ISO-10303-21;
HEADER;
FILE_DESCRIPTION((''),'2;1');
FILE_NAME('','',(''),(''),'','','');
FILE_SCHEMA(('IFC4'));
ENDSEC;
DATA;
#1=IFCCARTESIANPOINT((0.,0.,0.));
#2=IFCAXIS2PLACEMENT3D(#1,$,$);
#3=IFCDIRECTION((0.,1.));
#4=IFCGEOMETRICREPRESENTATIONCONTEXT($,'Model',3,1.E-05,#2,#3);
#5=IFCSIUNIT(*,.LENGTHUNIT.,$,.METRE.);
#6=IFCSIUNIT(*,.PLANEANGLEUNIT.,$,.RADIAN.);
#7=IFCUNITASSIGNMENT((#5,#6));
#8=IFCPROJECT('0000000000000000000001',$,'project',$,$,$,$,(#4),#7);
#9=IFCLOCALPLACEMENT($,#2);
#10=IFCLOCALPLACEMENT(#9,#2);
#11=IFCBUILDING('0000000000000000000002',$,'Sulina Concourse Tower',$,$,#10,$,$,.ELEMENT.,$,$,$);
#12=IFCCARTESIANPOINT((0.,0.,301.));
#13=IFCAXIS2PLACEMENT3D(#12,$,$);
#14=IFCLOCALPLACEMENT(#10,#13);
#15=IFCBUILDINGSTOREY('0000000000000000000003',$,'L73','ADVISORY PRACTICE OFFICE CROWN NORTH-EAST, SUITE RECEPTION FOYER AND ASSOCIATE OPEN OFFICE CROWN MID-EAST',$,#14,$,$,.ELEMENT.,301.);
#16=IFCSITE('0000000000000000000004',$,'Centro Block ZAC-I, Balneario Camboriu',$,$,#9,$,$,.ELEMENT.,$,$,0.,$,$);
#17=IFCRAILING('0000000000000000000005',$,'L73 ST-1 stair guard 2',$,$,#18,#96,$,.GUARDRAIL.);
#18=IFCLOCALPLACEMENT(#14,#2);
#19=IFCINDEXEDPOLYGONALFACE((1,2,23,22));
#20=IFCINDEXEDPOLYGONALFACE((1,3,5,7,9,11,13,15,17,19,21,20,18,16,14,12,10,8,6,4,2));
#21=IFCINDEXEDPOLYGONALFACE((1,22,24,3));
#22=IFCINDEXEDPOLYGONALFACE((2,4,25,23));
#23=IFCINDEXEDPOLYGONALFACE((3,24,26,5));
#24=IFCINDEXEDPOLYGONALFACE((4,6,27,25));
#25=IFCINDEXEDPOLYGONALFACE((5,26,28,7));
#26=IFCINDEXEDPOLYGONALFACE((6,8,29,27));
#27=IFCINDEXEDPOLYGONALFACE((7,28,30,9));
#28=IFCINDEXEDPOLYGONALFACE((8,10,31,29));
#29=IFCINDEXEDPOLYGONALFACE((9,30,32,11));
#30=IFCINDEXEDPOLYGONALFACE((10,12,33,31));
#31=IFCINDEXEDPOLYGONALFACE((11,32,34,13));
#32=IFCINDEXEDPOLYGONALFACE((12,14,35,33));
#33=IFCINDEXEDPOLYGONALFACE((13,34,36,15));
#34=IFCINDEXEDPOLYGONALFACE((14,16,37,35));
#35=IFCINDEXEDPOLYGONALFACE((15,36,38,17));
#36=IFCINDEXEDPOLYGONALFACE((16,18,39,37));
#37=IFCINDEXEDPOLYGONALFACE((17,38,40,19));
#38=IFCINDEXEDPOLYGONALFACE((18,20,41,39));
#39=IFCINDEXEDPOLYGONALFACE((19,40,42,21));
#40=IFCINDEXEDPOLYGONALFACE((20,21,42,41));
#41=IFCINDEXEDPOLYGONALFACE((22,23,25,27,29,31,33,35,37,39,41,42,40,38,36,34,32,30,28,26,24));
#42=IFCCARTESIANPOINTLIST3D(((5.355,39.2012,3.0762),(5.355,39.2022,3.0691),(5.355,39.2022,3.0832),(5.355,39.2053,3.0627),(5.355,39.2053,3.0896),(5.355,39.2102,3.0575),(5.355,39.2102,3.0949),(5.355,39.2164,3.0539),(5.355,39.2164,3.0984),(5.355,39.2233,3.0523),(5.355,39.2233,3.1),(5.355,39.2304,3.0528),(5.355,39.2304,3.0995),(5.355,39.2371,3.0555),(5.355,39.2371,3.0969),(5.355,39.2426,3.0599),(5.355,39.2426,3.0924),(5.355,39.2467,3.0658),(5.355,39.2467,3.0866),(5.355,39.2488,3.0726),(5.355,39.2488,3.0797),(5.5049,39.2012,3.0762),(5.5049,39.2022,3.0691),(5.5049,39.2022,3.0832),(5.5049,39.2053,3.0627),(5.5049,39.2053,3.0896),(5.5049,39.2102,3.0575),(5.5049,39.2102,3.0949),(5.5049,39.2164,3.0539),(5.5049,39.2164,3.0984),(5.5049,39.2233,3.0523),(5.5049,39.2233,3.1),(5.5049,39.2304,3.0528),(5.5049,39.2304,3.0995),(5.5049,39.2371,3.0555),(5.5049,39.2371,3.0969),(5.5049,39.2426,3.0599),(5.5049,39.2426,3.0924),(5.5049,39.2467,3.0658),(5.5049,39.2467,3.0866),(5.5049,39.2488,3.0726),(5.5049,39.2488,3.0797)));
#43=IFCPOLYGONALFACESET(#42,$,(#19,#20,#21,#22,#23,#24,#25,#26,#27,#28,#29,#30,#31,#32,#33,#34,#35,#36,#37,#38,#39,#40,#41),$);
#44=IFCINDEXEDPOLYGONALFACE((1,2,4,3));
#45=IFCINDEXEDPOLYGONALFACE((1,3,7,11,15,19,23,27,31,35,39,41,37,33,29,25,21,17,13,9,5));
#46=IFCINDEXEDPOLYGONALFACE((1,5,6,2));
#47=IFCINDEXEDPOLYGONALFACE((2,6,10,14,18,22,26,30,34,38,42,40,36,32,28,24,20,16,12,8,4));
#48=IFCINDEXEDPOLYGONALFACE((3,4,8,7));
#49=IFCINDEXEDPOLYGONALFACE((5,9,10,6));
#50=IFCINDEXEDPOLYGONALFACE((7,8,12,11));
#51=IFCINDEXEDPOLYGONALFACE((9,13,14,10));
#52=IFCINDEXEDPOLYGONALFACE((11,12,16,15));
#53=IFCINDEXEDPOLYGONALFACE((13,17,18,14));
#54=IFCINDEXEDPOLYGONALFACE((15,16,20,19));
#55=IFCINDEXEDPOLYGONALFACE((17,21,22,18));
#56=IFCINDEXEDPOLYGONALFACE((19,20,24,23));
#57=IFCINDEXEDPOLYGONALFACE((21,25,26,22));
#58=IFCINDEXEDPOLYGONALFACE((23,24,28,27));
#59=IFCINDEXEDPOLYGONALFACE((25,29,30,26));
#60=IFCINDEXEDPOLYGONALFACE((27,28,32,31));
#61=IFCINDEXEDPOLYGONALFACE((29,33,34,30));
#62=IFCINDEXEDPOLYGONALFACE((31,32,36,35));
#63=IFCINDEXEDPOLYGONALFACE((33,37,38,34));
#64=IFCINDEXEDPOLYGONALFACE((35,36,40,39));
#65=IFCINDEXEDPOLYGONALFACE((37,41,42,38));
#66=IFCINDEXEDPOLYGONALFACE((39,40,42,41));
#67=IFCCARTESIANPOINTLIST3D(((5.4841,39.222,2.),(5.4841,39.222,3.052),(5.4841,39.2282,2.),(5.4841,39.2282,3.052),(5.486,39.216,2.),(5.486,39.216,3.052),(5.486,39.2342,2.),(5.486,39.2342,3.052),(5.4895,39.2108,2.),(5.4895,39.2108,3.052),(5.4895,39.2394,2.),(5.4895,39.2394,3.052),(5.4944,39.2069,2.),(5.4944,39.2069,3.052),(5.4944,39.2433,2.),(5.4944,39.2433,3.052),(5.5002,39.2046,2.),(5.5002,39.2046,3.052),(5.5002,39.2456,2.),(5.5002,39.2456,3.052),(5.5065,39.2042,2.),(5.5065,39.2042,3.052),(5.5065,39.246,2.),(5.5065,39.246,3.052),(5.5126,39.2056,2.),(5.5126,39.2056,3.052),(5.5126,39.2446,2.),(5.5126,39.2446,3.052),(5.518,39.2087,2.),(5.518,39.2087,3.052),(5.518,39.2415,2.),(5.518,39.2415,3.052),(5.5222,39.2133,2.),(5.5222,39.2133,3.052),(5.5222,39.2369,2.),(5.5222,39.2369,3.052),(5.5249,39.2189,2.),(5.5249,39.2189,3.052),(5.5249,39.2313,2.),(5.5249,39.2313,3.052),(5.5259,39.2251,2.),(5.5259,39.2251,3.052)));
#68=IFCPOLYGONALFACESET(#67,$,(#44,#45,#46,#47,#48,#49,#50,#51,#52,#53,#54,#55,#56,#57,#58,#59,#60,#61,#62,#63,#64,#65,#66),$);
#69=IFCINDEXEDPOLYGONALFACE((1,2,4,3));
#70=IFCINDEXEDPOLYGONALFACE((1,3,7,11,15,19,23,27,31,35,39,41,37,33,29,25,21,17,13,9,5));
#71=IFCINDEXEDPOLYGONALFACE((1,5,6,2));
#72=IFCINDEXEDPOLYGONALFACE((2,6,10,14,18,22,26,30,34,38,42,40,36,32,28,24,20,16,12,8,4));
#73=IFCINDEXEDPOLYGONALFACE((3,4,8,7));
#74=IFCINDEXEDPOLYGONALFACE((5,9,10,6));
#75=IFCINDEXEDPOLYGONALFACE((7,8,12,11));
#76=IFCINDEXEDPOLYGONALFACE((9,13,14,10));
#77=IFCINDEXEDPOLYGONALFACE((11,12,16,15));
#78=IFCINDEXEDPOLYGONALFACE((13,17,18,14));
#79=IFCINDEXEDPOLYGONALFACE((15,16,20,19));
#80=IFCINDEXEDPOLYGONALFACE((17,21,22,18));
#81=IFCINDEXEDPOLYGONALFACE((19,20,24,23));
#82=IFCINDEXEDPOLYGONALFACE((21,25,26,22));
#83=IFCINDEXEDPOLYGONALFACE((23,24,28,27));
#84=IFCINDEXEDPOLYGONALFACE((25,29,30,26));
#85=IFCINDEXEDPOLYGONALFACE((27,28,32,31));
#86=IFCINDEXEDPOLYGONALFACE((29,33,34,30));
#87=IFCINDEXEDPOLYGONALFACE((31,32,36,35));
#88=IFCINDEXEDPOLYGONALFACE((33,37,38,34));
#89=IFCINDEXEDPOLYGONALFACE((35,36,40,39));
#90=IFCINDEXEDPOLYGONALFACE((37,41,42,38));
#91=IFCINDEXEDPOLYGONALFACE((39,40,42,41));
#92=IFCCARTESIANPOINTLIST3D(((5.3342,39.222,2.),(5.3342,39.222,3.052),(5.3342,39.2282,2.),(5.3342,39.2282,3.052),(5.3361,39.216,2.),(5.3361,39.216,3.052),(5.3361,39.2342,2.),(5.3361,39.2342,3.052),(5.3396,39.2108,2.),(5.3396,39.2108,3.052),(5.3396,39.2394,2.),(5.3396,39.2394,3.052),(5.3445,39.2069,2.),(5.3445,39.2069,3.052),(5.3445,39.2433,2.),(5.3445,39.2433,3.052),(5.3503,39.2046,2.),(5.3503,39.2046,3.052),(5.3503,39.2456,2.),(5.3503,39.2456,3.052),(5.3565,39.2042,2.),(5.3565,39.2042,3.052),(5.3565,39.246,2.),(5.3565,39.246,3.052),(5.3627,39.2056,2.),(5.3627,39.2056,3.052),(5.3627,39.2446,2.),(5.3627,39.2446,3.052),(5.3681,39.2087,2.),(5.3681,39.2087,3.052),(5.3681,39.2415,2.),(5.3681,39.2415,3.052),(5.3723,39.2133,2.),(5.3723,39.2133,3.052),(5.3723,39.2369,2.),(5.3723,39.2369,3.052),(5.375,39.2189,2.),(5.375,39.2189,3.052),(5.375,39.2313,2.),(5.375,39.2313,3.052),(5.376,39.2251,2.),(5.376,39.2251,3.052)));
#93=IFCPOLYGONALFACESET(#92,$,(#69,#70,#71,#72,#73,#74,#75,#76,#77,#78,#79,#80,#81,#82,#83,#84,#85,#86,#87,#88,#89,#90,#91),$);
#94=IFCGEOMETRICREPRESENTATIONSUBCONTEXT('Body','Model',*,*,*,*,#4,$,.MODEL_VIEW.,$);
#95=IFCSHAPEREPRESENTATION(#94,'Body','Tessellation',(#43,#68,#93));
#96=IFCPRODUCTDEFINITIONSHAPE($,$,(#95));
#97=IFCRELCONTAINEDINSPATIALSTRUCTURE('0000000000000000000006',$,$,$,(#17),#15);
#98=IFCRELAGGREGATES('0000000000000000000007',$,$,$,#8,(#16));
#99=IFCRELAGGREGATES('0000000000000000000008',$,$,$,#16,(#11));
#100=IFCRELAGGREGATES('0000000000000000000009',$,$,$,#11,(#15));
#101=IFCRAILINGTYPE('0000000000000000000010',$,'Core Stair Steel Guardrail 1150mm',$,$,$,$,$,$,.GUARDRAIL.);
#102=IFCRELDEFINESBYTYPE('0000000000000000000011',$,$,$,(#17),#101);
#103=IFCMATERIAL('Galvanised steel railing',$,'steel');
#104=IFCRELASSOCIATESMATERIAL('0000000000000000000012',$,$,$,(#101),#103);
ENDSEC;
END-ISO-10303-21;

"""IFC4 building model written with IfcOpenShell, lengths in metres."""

from ifc_helpers import new_model, si_unit, direction, frame, origin, origin_2d, place, context, subcontext, project, spatial, circle, extrude, material, type_object, element, save


model = new_model("IFC4")

# Units and contexts
model_context = context("Model", 3, precision=1e-05, world=origin(), true_north=direction((0.0, 1.0)))
body_context = subcontext(model_context, "Body", "Model", "MODEL_VIEW")
ifc_project = project(units=[si_unit("LENGTHUNIT", "METRE"), si_unit("PLANEANGLEUNIT", "RADIAN")], contexts=[model_context])

# Site, building, storey
site_placement = place(None, origin())
site = spatial("IfcSite", under=ifc_project, at=site_placement, Name="Centro Block ZAC-I, Balneario Camboriu", CompositionType="ELEMENT", RefElevation=0.0)
building_placement = place(site_placement, origin())
building = spatial("IfcBuilding", under=site, at=building_placement, Name="Sulina Concourse Tower", CompositionType="ELEMENT")
storey_placement = place(building_placement, frame((0.0, 0.0, 301.0)))
storey = spatial("IfcBuildingStorey", under=building, at=storey_placement, Name="L73", Description="ADVISORY PRACTICE OFFICE CROWN NORTH-EAST, SUITE RECEPTION FOYER AND ASSOCIATE OPEN OFFICE CROWN MID-EAST", CompositionType="ELEMENT", Elevation=301.0)

# Railing
ifc_material_1 = material(Name="Galvanised steel railing", Category="steel")
railing_type_1 = type_object("IfcRailingType", Name="Core Stair Steel Guardrail 1150mm", PredefinedType="GUARDRAIL", material=ifc_material_1)
railing_1_placement = place(storey_placement, frame((5.5049, 39.2251, 2.0)))
element("IfcRailing", 1, at=railing_1_placement, inside=storey, type_object=railing_type_1, Name="L73 ST-1 stair guard 2", PredefinedType="GUARDRAIL", context=body_context, shape_type="SweptSolid", body=[
    extrude(circle(Radius=0.0239, at=origin_2d()), frame((0.0, 0.0, 1.0762), z_axis=(-1.0, 0.0, 0.0), x_axis=(0.0, -1.0, 0.0)), (0.0, 0.0, 1.0), 0.1499),
    extrude(circle(Radius=0.021, at=origin_2d()), origin(), (0.0, 0.0, 1.0), 1.052),
    extrude(circle(Radius=0.021, at=origin_2d()), frame((-0.1499, 0.0, 0.0)), (0.0, 0.0, 1.0), 1.052),
])

save(model, "model.ifc")
